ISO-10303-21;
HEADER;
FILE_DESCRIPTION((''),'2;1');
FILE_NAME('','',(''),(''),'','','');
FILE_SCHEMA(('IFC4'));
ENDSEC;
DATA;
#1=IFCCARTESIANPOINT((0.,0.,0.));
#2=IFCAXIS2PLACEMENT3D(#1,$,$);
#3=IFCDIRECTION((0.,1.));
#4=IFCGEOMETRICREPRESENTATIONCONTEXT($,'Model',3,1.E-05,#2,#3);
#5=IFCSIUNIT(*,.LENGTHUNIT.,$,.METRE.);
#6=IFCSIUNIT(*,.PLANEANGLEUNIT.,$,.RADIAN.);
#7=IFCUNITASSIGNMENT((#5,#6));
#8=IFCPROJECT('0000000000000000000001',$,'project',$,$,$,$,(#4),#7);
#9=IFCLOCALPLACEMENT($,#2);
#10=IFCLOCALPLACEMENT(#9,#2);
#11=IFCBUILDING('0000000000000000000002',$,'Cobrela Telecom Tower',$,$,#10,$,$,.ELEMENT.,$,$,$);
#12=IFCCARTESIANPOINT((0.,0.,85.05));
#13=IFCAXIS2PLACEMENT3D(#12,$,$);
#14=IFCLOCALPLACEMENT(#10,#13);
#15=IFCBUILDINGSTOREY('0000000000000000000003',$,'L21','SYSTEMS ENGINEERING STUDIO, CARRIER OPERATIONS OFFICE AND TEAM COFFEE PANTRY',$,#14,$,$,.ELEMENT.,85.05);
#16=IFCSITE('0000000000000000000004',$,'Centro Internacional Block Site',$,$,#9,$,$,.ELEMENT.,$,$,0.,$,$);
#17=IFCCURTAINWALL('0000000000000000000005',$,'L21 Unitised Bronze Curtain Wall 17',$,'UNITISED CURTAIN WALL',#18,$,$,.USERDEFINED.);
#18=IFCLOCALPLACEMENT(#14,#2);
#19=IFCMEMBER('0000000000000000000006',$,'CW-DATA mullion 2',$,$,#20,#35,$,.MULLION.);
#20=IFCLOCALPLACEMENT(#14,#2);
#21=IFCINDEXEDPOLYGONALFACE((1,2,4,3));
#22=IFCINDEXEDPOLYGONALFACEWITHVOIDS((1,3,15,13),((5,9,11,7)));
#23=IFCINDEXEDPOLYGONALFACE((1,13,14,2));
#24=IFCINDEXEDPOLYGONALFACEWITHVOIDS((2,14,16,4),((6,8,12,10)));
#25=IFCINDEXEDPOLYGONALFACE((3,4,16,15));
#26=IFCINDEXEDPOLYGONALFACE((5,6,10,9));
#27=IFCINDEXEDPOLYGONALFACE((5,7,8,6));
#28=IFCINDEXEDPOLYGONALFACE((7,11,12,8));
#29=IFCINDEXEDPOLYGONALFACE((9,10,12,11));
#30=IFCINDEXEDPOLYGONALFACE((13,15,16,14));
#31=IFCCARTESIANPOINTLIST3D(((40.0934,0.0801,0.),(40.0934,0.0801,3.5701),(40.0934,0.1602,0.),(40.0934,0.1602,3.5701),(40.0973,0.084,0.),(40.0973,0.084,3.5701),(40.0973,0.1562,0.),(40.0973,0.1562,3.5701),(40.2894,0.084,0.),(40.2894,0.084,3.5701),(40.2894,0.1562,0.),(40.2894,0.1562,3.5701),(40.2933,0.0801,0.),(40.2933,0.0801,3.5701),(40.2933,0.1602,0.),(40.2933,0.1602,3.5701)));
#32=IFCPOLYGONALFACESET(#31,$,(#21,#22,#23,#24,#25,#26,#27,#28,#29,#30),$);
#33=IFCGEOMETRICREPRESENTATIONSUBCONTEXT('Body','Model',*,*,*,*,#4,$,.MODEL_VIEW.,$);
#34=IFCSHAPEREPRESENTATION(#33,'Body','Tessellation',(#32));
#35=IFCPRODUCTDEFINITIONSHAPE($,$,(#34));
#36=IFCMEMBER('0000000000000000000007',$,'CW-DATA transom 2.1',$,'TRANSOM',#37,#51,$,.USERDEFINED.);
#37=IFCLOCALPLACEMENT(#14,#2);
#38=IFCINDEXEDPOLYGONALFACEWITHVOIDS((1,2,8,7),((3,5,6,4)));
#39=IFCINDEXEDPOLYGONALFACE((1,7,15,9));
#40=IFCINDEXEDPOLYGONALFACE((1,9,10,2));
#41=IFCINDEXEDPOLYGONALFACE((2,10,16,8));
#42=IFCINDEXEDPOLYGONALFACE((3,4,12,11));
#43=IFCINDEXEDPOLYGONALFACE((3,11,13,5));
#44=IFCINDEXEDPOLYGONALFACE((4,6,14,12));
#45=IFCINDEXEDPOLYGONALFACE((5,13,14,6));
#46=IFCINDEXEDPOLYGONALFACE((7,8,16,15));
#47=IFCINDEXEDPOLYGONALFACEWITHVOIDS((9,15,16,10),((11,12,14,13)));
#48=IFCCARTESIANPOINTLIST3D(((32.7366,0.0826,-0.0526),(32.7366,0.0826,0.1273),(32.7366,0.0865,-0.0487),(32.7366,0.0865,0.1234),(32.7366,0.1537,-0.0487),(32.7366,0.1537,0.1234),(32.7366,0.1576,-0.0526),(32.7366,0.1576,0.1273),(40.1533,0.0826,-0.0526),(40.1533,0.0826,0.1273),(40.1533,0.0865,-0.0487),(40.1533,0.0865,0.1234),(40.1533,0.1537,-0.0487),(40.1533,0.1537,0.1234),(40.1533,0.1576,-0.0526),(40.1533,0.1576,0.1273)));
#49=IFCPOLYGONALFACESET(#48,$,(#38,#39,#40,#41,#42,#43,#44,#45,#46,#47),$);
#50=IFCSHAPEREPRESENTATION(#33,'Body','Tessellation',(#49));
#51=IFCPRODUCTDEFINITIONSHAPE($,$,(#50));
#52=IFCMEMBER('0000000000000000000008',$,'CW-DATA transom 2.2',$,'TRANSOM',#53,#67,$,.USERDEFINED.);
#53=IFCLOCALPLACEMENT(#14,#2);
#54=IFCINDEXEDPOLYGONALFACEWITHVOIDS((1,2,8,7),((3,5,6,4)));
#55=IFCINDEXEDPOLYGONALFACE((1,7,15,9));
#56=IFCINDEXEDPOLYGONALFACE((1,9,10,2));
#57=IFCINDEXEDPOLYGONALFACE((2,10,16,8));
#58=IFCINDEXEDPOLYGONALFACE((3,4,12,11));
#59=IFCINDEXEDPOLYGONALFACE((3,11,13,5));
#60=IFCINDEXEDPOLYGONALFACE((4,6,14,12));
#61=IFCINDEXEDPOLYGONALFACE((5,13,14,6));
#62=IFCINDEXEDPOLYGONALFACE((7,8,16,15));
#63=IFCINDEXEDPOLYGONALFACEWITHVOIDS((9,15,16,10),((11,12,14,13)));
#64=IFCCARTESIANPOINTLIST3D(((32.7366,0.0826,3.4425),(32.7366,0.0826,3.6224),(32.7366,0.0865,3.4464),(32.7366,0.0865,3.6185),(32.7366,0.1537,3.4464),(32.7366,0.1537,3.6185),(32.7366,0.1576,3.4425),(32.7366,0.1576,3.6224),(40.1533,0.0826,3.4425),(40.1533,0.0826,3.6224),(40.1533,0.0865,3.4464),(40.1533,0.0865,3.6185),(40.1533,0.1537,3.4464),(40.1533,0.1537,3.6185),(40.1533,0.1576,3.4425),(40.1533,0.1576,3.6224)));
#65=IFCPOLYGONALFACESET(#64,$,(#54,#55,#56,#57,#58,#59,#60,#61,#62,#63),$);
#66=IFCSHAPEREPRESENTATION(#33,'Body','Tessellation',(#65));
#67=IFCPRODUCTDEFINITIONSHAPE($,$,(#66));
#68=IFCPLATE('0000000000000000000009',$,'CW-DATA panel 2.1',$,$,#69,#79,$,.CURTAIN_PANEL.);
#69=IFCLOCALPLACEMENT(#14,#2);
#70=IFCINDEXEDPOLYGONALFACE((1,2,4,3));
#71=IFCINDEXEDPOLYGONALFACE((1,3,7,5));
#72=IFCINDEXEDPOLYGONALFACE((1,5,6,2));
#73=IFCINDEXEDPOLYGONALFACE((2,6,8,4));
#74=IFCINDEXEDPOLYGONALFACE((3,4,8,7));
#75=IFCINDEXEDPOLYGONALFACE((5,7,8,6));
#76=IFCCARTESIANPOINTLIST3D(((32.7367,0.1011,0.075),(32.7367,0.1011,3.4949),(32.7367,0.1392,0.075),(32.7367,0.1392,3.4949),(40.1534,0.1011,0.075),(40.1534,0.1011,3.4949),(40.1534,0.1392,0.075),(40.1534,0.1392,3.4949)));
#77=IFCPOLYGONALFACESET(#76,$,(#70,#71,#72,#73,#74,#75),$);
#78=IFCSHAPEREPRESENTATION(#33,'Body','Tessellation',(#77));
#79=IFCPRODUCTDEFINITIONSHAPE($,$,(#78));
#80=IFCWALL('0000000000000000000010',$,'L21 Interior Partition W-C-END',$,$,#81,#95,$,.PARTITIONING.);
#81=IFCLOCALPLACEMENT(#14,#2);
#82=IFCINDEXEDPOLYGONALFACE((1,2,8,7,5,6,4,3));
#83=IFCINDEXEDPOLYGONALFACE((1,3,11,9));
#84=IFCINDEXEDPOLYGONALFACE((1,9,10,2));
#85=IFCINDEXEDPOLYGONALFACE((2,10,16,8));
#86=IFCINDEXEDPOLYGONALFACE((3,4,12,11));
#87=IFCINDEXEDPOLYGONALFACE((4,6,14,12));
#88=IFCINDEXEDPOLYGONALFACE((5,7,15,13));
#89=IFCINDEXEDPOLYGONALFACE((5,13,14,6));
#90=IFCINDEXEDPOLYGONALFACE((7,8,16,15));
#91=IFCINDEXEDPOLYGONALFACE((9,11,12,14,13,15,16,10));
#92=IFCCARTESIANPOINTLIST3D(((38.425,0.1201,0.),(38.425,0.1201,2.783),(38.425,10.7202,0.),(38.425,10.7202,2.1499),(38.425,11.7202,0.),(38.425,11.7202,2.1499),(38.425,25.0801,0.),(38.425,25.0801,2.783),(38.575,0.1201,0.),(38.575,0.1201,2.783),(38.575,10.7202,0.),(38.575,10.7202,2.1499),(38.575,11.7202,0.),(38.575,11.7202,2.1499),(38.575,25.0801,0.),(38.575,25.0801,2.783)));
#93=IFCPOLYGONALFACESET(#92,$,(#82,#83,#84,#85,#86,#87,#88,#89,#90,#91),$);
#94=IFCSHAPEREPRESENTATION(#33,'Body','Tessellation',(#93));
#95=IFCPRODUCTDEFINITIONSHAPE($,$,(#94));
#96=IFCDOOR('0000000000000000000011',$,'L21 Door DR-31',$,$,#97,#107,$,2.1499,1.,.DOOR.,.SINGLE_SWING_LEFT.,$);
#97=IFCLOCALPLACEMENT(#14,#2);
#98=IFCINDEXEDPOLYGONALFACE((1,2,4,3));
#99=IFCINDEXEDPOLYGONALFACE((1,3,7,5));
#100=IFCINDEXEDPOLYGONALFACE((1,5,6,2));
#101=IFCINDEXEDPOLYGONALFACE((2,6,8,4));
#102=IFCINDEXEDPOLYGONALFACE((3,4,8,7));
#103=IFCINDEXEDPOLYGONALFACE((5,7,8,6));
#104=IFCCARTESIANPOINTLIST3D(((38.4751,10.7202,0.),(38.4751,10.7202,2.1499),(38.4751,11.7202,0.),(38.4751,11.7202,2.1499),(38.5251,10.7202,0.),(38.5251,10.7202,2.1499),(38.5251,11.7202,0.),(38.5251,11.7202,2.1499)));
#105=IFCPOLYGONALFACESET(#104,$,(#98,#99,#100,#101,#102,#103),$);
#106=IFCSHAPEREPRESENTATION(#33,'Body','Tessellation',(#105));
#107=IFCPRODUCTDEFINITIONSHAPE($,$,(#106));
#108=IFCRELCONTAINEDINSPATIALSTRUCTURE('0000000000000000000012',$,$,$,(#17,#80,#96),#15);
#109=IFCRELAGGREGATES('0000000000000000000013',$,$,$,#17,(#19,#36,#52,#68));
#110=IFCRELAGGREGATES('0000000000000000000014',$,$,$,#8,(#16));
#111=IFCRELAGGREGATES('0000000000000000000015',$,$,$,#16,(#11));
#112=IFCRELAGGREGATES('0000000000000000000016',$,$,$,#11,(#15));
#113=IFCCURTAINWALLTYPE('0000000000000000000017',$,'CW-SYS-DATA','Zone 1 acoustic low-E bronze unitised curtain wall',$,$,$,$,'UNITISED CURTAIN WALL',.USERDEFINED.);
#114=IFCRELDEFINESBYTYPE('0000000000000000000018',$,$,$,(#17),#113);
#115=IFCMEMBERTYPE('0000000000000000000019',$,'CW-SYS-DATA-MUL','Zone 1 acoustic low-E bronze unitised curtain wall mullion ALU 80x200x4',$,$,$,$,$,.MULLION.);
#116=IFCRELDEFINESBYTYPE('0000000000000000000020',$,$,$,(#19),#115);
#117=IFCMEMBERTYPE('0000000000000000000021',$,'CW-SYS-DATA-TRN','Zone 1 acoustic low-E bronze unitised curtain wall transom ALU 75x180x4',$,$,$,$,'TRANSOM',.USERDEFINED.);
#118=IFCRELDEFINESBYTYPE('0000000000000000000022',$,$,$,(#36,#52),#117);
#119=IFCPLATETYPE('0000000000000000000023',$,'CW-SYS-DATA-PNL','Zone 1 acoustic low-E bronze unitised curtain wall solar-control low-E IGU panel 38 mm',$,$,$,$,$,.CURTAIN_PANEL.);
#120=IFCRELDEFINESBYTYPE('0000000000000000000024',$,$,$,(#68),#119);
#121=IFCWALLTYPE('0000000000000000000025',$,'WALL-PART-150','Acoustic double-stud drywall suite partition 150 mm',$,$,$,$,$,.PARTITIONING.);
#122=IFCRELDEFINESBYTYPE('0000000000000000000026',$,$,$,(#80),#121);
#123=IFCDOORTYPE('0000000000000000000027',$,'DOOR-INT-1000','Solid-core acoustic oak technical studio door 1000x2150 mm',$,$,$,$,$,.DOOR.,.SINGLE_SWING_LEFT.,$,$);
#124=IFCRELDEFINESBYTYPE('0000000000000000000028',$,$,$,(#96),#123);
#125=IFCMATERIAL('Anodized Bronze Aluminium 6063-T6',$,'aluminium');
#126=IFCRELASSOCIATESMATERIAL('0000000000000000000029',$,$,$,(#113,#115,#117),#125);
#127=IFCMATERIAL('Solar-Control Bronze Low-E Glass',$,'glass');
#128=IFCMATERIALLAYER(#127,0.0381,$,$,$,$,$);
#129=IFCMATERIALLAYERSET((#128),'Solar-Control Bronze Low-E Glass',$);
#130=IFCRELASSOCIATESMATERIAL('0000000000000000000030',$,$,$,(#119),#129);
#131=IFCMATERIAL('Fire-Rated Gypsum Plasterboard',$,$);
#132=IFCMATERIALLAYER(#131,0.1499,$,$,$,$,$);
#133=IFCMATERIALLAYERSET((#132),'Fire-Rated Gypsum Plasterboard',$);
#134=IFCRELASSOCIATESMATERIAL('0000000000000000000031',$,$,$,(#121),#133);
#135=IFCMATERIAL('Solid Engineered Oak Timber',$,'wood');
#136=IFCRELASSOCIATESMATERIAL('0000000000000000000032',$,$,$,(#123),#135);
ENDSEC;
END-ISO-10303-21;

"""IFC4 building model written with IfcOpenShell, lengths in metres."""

from ifc_helpers import new_model, si_unit, direction, frame, frame_2d, origin, origin_2d, place, context, subcontext, project, spatial, rectangle, hollow_rectangle, extrude, material, layer, layer_set, material_profile, profile_set, type_object, element, fill, aggregate, save


model = new_model("IFC4")

# Units and contexts
model_context = context("Model", 3, precision=1e-05, world=origin(), true_north=direction((0.0, 1.0)))
body_context = subcontext(model_context, "Body", "Model", "MODEL_VIEW")
ifc_project = project(units=[si_unit("LENGTHUNIT", "METRE"), si_unit("PLANEANGLEUNIT", "RADIAN")], contexts=[model_context])

# Site, building, storey
site_placement = place(None, origin())
site = spatial("IfcSite", under=ifc_project, at=site_placement, Name="Centro Internacional Block Site", CompositionType="ELEMENT", RefElevation=0.0)
building_placement = place(site_placement, origin())
building = spatial("IfcBuilding", under=site, at=building_placement, Name="Cobrela Telecom Tower", CompositionType="ELEMENT")
storey_placement = place(building_placement, frame((0.0, 0.0, 85.05)))
storey = spatial("IfcBuildingStorey", under=building, at=storey_placement, Name="L21", Description="SYSTEMS ENGINEERING STUDIO, CARRIER OPERATIONS OFFICE AND TEAM COFFEE PANTRY", CompositionType="ELEMENT", Elevation=85.05)

# Curtain wall, members, plate
ifc_material_1 = material(Name="Anodized Bronze Aluminium 6063-T6", Category="aluminium")
curtain_wall_type = type_object("IfcCurtainWallType", Name="CW-SYS-DATA", Description="Zone 1 acoustic low-E bronze unitised curtain wall", ElementType="UNITISED CURTAIN WALL", PredefinedType="USERDEFINED", material=ifc_material_1)
curtain_wall_placement = place(storey_placement, origin())
curtain_wall = element("IfcCurtainWall", 1, at=curtain_wall_placement, inside=storey, type_object=curtain_wall_type, Name="L21 Unitised Bronze Curtain Wall 17", ObjectType="UNITISED CURTAIN WALL", PredefinedType="USERDEFINED")
ifc_material_profile_1 = material_profile(ifc_material_1, hollow_rectangle(XDim=0.0801, YDim=0.2, WallThickness=0.0039, at=origin_2d()), Name="ALU 80x200x4")
ifc_profile_set_1 = profile_set([ifc_material_profile_1], Name="Anodized Bronze Aluminium 6063-T6")
member_type_1 = type_object("IfcMemberType", Name="CW-SYS-DATA-MUL", Description="Zone 1 acoustic low-E bronze unitised curtain wall mullion ALU 80x200x4", PredefinedType="MULLION", material=ifc_profile_set_1)
member_1_placement = place(storey_placement, frame((40.1934, 0.1201, 0.0), z_axis=(0.0, 0.0, 1.0), x_axis=(0.0, -1.0, 0.0)))
member_1 = element("IfcMember", 2, at=member_1_placement, type_object=member_type_1, Name="CW-DATA mullion 2", PredefinedType="MULLION", context=body_context, shape_type="SweptSolid", body=[
    extrude(hollow_rectangle(XDim=0.0801, YDim=0.2, WallThickness=0.0039, at=origin_2d()), origin(), (0.0, 0.0, 1.0), 3.5701),
])
ifc_material_profile_2 = material_profile(ifc_material_1, hollow_rectangle(XDim=0.075, YDim=0.1799, WallThickness=0.0039, at=origin_2d()), Name="ALU 75x180x4")
ifc_profile_set_2 = profile_set([ifc_material_profile_2], Name="Anodized Bronze Aluminium 6063-T6")
member_type_2 = type_object("IfcMemberType", Name="CW-SYS-DATA-TRN", Description="Zone 1 acoustic low-E bronze unitised curtain wall transom ALU 75x180x4", ElementType="TRANSOM", PredefinedType="USERDEFINED", material=ifc_profile_set_2)
member_2_placement = place(storey_placement, frame((40.1533, 0.1201, 0.0374), z_axis=(-1.0, 0.0, 0.0), x_axis=(0.0, -1.0, 0.0)))
member_2 = element("IfcMember", 3, at=member_2_placement, type_object=member_type_2, Name="CW-DATA transom 2.1", ObjectType="TRANSOM", PredefinedType="USERDEFINED", context=body_context, shape_type="SweptSolid", body=[
    extrude(hollow_rectangle(XDim=0.075, YDim=0.1799, WallThickness=0.0039, at=origin_2d()), origin(), (0.0, 0.0, 1.0), 7.4167),
])
member_3_placement = place(storey_placement, frame((40.1533, 0.1201, 3.5325), z_axis=(-1.0, 0.0, 0.0), x_axis=(0.0, -1.0, 0.0)))
member_3 = element("IfcMember", 4, at=member_3_placement, type_object=member_type_2, Name="CW-DATA transom 2.2", ObjectType="TRANSOM", PredefinedType="USERDEFINED", context=body_context, shape_type="SweptSolid", body=[
    extrude(hollow_rectangle(XDim=0.075, YDim=0.1799, WallThickness=0.0039, at=origin_2d()), origin(), (0.0, 0.0, 1.0), 7.4167),
])
ifc_material_2 = material(Name="Solar-Control Bronze Low-E Glass", Category="glass")
ifc_layer_1 = layer(ifc_material_2, 0.0381)
ifc_layer_set_1 = layer_set([ifc_layer_1], Name="Solar-Control Bronze Low-E Glass")
plate_type = type_object("IfcPlateType", Name="CW-SYS-DATA-PNL", Description="Zone 1 acoustic low-E bronze unitised curtain wall solar-control low-E IGU panel 38 mm", PredefinedType="CURTAIN_PANEL", material=ifc_layer_set_1)
plate_placement = place(storey_placement, frame((36.4451, 0.1201, 0.075), z_axis=(0.0, 0.0, 1.0), x_axis=(-1.0, 0.0, 0.0)))
plate = element("IfcPlate", 5, at=plate_placement, type_object=plate_type, Name="CW-DATA panel 2.1", PredefinedType="CURTAIN_PANEL", context=body_context, shape_type="SweptSolid", body=[
    extrude(rectangle(XDim=7.4167, YDim=0.0381, at=origin_2d()), origin(), (0.0, 0.0, 1.0), 3.4199),
])
aggregate(curtain_wall, [member_1, member_2, member_3, plate])

# Wall, opening, door
ifc_material_3 = material(Name="Fire-Rated Gypsum Plasterboard")
ifc_layer_2 = layer(ifc_material_3, 0.1499)
ifc_layer_set_2 = layer_set([ifc_layer_2], Name="Fire-Rated Gypsum Plasterboard")
wall_type = type_object("IfcWallType", Name="WALL-PART-150", Description="Acoustic double-stud drywall suite partition 150 mm", PredefinedType="PARTITIONING", material=ifc_layer_set_2)
wall_placement = place(storey_placement, frame((38.5, 0.1201, 0.0), z_axis=(0.0, 0.0, 1.0), x_axis=(0.0, 1.0, 0.0)))
wall = element("IfcWall", 6, at=wall_placement, inside=storey, type_object=wall_type, Name="L21 Interior Partition W-C-END", PredefinedType="PARTITIONING", context=body_context, shape_type="SweptSolid", body=[
    extrude(rectangle(XDim=24.96, YDim=0.1499, at=frame_2d((12.48, 0.0))), origin(), (0.0, 0.0, 1.0), 2.783),
])
opening_placement = place(wall_placement, frame((10.6001, 0.0, 0.0)))
opening = element("IfcOpeningElement", 7, at=opening_placement, cuts=wall, PredefinedType="OPENING", context=body_context, shape_type="SweptSolid", body=[
    extrude(rectangle(XDim=1.0, YDim=2.1499, at=frame_2d((0.5, 1.075))), frame((0.0, 0.0869, 0.0), z_axis=(0.0, -1.0, 0.0), x_axis=(1.0, 0.0, 0.0)), (0.0, 0.0, 1.0), 0.1738),
])
ifc_material_4 = material(Name="Solid Engineered Oak Timber", Category="wood")
door_type = type_object("IfcDoorType", Name="DOOR-INT-1000", Description="Solid-core acoustic oak technical studio door 1000x2150 mm", OperationType="SINGLE_SWING_LEFT", PredefinedType="DOOR", material=ifc_material_4)
door_placement = place(opening_placement, origin())
door = element("IfcDoor", 8, at=door_placement, inside=storey, type_object=door_type, Name="L21 Door DR-31", OperationType="SINGLE_SWING_LEFT", OverallHeight=2.1499, OverallWidth=1.0, PredefinedType="DOOR", context=body_context, shape_type="SweptSolid", body=[
    extrude(rectangle(XDim=1.0, YDim=2.1499, at=frame_2d((0.5, 1.075))), frame((0.0, 0.0249, 0.0), z_axis=(0.0, -1.0, 0.0), x_axis=(1.0, 0.0, 0.0)), (0.0, 0.0, 1.0), 0.05),
])
fill(opening, door)

save(model, "model.ifc")
